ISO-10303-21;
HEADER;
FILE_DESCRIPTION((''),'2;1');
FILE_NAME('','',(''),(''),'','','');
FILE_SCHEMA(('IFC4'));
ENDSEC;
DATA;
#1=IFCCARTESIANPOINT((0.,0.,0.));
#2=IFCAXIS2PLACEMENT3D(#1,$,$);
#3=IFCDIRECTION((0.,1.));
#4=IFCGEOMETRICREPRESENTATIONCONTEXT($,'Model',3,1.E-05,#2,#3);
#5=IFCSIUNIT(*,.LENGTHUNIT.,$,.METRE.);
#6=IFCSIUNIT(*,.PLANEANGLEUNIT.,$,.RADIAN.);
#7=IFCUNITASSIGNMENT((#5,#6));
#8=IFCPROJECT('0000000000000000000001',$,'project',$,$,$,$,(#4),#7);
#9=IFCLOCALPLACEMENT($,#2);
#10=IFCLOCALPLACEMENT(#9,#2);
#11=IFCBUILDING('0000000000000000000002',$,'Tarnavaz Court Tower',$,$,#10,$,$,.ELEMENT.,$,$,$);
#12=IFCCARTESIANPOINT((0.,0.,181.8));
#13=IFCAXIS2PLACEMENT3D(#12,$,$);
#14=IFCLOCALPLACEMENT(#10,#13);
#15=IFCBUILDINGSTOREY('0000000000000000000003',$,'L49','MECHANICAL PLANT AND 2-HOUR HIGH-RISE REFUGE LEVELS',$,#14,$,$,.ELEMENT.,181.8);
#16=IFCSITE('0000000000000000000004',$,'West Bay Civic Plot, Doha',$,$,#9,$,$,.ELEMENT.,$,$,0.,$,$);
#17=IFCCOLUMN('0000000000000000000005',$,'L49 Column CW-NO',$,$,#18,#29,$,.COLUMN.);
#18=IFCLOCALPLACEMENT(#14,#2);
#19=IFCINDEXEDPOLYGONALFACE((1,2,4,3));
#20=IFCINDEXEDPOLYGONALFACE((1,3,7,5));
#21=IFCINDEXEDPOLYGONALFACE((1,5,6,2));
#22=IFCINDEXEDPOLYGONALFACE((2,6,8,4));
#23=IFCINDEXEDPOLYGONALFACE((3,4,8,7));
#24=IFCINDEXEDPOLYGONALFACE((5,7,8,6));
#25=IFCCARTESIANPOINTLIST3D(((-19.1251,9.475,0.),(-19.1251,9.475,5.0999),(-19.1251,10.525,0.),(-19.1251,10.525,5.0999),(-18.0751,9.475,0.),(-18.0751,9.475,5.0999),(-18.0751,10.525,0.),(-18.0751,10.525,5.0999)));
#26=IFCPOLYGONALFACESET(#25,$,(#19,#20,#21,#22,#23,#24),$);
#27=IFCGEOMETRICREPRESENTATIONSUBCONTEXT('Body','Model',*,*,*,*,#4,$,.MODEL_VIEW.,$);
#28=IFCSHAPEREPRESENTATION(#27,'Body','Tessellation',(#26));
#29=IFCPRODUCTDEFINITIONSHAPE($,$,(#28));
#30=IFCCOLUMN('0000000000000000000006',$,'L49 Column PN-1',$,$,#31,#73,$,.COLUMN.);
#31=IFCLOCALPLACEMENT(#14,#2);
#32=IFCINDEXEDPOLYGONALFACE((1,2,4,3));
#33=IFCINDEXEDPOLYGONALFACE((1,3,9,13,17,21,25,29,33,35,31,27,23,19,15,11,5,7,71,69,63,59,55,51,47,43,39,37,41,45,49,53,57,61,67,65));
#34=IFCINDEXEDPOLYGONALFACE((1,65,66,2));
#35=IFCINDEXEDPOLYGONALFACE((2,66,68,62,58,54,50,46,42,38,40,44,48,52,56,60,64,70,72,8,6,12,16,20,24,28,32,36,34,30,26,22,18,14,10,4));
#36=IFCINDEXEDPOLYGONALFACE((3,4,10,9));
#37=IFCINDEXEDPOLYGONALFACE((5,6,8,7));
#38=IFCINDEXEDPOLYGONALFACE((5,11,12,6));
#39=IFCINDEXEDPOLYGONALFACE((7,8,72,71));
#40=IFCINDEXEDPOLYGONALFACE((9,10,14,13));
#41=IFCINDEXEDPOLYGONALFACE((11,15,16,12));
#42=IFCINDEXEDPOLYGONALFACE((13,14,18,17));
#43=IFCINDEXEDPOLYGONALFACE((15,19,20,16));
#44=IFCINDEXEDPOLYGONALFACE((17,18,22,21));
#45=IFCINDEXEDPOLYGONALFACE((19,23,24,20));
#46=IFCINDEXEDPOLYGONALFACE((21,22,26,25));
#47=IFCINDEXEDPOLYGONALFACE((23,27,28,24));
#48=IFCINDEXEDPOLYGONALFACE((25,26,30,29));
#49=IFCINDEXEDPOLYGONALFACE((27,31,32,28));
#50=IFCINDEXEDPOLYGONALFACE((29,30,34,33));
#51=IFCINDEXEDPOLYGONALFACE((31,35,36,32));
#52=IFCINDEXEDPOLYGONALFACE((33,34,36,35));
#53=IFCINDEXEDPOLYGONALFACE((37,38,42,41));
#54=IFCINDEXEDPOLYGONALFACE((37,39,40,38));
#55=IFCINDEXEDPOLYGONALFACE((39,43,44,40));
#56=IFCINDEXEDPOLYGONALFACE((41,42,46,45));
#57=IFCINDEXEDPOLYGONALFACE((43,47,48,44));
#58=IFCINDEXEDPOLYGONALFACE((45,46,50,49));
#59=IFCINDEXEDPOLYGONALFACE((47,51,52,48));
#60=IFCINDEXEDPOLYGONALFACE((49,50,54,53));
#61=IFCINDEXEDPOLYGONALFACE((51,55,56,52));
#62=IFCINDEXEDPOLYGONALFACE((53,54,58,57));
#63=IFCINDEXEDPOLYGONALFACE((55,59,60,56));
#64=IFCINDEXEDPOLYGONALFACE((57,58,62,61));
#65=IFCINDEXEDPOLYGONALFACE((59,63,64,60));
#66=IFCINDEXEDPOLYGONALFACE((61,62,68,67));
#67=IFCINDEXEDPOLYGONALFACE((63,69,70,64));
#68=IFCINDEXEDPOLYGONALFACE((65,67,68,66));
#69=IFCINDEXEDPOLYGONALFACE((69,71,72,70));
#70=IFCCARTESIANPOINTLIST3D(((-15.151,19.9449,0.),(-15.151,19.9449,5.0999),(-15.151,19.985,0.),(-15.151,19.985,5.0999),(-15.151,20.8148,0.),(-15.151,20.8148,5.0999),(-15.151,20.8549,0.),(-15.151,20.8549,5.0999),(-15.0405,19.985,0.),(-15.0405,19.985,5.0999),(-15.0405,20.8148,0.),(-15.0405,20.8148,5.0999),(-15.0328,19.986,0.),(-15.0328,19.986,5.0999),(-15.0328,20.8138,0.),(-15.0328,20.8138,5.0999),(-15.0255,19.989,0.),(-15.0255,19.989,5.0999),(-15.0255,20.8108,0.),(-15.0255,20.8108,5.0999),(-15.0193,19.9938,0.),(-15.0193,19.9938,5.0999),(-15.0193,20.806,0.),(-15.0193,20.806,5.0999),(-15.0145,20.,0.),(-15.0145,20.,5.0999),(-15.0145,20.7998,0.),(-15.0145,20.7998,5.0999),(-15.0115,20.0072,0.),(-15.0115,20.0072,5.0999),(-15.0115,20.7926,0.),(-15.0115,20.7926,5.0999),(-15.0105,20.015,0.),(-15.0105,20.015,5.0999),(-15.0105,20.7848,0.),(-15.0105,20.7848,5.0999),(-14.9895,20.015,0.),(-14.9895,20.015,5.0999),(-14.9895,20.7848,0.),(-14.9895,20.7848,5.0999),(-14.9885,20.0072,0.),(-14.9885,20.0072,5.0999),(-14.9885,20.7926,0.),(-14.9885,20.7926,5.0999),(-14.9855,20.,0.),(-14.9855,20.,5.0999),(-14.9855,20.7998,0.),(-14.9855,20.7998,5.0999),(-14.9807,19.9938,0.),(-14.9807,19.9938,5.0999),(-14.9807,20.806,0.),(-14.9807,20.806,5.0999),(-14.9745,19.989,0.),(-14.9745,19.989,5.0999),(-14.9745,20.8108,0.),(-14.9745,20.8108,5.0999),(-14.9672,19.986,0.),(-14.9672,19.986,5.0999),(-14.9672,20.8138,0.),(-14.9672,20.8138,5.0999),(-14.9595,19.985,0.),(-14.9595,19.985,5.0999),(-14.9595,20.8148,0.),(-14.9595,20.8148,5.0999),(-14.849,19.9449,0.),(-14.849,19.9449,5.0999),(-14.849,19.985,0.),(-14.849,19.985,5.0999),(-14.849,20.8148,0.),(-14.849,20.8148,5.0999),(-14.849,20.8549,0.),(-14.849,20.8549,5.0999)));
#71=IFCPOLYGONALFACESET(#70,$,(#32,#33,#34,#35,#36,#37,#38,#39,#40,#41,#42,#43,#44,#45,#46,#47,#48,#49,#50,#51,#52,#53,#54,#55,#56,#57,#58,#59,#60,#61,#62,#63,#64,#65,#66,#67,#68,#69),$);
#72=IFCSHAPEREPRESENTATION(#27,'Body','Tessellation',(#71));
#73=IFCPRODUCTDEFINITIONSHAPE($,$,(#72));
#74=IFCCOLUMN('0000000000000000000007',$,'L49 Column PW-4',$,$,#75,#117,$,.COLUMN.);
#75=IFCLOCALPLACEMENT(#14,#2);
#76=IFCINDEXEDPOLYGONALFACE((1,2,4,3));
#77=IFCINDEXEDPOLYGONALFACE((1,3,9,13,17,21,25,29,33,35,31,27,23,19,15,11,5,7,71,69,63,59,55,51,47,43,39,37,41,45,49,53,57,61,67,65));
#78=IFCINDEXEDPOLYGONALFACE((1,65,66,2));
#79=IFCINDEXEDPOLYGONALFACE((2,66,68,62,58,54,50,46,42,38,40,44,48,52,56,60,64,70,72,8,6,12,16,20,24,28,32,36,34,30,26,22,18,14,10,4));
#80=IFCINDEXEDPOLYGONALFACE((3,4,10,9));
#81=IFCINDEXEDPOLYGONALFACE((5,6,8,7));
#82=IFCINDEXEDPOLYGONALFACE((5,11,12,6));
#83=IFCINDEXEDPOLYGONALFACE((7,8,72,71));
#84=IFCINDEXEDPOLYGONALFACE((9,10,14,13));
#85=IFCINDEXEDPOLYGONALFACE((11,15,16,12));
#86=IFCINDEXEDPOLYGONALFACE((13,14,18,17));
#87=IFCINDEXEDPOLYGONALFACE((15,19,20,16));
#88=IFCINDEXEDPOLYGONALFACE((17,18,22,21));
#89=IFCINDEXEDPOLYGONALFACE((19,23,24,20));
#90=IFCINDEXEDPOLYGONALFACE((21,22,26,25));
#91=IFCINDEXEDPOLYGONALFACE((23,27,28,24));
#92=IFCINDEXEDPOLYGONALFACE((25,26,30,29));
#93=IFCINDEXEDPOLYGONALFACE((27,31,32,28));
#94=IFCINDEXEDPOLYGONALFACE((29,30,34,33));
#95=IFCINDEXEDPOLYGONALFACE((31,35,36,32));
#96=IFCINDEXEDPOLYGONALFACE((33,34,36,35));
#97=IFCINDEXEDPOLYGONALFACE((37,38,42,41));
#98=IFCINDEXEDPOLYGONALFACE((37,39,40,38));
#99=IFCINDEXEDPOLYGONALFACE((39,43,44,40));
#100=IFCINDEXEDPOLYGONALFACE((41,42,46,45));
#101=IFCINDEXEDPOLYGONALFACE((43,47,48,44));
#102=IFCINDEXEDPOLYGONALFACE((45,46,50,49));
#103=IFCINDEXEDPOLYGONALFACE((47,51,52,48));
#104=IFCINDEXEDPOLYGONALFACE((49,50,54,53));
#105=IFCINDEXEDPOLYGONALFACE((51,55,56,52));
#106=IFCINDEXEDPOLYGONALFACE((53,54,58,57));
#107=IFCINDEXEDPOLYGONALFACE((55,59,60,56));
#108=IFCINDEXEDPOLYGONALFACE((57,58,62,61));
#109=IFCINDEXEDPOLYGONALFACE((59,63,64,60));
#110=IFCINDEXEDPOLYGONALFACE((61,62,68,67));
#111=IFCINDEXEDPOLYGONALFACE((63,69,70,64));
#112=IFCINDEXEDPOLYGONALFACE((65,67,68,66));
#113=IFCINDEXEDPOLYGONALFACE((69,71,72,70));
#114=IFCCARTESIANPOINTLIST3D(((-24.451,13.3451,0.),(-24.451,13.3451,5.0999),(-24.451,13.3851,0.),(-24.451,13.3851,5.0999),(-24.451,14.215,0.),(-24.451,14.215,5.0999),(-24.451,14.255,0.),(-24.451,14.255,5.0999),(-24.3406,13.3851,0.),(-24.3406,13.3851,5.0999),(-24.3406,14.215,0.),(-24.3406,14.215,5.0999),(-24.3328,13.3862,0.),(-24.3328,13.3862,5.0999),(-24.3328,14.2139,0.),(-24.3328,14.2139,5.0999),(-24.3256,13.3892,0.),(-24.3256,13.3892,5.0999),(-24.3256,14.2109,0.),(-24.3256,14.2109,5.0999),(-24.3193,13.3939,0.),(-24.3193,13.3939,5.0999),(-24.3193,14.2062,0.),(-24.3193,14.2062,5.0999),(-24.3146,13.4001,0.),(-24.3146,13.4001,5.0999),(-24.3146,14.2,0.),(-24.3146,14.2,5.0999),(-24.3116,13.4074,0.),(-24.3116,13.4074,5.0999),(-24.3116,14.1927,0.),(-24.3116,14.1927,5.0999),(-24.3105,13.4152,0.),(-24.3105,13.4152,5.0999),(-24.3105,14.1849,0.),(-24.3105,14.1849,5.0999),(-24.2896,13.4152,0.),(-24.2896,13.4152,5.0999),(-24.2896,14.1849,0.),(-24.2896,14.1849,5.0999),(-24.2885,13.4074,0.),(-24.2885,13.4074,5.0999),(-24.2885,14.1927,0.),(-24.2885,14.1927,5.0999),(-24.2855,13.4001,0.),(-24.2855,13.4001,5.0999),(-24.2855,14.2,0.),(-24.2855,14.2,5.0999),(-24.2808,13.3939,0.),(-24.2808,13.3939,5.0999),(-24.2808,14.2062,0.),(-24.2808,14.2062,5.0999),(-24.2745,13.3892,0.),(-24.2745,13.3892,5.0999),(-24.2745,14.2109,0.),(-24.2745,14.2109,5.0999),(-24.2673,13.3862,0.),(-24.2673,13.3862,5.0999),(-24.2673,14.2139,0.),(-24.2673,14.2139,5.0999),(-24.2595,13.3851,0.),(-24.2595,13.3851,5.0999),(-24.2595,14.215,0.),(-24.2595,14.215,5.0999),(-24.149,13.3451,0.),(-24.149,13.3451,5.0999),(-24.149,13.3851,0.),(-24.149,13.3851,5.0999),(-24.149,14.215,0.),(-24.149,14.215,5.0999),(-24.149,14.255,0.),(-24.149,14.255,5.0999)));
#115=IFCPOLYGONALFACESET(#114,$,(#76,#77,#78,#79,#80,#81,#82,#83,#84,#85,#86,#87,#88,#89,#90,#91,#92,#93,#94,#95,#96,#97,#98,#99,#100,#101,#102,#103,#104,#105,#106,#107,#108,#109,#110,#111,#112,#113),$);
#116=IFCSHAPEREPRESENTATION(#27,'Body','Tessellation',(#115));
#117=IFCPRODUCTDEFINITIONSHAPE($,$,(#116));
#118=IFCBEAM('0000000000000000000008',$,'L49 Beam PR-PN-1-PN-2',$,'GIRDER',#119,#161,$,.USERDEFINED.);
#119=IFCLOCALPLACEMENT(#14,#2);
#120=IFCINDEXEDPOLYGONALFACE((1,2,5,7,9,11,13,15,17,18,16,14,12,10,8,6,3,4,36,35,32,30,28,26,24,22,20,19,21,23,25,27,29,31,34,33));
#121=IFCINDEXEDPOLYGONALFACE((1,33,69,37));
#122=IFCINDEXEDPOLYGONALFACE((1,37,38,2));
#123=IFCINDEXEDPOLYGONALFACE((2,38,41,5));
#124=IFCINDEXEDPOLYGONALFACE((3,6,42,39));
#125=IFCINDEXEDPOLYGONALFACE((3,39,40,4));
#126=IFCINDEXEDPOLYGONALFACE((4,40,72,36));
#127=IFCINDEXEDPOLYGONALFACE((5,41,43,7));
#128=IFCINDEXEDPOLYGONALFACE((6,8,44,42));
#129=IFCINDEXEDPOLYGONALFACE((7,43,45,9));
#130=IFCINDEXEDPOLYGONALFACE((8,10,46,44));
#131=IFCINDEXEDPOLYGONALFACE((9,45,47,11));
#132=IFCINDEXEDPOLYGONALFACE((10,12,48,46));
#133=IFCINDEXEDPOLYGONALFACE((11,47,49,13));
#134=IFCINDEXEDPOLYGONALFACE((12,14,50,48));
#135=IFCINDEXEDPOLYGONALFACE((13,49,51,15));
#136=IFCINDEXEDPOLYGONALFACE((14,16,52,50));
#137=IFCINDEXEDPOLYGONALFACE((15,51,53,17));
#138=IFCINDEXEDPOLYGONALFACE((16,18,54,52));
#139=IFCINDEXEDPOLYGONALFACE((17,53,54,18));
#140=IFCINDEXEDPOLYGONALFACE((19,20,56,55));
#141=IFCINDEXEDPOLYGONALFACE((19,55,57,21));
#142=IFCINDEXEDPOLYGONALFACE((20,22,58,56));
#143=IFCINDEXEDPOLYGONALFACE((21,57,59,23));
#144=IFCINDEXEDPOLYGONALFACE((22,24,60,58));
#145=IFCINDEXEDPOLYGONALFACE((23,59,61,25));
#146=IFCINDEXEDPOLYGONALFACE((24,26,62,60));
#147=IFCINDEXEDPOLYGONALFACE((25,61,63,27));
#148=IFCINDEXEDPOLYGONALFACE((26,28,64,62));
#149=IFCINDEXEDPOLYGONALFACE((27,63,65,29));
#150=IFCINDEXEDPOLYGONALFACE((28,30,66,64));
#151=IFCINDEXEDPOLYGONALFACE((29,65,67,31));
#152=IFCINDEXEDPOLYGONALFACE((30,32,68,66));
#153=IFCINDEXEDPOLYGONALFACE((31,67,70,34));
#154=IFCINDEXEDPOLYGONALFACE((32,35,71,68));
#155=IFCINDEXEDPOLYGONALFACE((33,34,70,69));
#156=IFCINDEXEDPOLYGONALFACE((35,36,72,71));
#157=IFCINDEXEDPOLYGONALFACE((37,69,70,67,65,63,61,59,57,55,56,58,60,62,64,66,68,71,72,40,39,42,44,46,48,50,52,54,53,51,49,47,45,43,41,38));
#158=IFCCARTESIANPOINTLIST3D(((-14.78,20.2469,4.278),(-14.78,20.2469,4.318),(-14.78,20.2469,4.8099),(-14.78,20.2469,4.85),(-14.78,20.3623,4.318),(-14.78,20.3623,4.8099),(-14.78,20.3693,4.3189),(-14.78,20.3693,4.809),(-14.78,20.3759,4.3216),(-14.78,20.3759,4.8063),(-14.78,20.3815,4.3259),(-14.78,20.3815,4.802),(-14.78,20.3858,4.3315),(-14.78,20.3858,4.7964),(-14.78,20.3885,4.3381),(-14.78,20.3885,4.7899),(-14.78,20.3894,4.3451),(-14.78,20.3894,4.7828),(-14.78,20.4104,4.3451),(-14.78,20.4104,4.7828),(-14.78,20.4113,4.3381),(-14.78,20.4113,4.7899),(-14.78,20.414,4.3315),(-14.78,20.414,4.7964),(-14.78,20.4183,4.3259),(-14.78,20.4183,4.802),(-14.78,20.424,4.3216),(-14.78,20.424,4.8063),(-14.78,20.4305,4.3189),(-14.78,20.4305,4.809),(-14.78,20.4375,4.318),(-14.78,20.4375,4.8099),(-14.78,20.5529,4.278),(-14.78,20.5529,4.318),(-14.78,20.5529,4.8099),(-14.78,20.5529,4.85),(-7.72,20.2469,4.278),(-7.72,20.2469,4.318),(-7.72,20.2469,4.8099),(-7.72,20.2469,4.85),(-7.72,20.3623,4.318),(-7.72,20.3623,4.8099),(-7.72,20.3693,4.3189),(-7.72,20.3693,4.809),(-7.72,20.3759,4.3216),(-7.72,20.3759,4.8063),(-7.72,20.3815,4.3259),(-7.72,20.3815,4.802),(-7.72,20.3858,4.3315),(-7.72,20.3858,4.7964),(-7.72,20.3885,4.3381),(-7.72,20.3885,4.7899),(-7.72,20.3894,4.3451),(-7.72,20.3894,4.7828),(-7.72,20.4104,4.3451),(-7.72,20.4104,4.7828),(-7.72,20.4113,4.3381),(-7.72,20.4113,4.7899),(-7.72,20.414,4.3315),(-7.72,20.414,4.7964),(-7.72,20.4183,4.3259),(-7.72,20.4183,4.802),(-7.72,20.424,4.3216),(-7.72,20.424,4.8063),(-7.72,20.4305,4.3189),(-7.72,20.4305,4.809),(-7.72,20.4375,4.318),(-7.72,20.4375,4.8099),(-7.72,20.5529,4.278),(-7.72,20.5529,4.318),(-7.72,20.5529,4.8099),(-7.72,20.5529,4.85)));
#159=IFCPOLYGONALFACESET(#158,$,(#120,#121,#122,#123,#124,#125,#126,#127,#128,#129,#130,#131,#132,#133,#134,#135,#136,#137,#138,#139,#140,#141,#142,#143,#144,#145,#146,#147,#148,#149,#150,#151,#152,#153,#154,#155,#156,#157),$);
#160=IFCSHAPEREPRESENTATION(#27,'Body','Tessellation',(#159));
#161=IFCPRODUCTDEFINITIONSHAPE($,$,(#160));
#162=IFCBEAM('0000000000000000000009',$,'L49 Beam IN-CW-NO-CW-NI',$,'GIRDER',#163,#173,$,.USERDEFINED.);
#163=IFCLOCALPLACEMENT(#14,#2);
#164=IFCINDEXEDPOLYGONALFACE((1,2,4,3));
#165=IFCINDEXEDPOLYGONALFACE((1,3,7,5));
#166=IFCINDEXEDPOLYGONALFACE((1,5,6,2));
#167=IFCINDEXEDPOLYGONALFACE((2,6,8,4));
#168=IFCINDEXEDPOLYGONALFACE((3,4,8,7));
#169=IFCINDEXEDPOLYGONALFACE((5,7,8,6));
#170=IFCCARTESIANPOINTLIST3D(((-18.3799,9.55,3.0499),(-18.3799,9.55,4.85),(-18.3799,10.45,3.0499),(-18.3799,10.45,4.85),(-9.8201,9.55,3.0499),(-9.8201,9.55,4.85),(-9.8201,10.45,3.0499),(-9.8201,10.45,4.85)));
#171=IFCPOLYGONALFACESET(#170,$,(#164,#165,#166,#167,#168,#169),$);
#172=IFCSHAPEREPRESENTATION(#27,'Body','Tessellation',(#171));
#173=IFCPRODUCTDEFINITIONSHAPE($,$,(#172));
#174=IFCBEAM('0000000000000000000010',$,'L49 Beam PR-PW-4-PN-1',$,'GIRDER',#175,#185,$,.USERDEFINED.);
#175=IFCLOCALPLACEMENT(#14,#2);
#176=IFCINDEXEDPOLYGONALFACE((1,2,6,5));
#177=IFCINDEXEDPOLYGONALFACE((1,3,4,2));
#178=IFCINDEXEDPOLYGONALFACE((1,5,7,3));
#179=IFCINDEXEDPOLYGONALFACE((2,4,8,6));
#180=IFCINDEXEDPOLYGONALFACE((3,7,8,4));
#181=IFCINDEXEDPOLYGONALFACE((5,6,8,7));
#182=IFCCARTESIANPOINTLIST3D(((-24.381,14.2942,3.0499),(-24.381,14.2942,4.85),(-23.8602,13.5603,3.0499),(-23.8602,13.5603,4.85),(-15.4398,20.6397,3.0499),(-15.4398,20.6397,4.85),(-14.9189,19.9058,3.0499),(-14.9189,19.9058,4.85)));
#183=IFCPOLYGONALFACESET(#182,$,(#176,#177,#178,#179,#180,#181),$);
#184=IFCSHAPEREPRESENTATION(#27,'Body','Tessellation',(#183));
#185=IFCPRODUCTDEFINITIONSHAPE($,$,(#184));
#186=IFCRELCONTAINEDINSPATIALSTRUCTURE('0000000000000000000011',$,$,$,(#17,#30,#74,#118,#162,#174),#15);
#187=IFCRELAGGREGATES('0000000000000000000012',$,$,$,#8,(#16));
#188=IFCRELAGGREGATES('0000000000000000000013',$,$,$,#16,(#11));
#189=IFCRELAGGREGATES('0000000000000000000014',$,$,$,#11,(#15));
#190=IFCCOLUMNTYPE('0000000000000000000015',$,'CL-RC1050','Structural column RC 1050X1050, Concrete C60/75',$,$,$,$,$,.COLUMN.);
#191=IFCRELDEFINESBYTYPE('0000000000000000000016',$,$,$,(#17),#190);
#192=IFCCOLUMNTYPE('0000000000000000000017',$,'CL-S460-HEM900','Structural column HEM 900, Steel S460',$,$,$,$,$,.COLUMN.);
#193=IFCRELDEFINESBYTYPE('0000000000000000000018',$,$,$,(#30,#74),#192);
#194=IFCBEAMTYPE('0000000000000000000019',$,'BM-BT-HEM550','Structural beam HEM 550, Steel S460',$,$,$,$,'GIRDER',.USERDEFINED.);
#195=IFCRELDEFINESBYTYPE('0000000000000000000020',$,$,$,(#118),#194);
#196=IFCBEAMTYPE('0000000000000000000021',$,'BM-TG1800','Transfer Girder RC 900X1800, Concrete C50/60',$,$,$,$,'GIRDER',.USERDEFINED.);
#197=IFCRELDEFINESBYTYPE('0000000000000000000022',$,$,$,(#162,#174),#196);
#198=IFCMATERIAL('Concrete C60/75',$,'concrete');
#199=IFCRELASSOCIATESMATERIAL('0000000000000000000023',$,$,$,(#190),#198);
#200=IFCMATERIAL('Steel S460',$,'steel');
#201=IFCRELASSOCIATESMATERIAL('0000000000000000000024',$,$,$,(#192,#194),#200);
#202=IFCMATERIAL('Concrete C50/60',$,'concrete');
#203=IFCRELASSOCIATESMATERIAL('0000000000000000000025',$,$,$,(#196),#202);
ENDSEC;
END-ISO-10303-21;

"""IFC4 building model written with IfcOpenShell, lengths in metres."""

from ifc_helpers import new_model, si_unit, direction, frame, origin, origin_2d, place, context, subcontext, project, spatial, rectangle, i_section, extrude, material, material_profile, profile_set, type_object, element, save


model = new_model("IFC4")

# Units and contexts
model_context = context("Model", 3, precision=1e-05, world=origin(), true_north=direction((0.0, 1.0)))
body_context = subcontext(model_context, "Body", "Model", "MODEL_VIEW")
ifc_project = project(units=[si_unit("LENGTHUNIT", "METRE"), si_unit("PLANEANGLEUNIT", "RADIAN")], contexts=[model_context])

# Site, building, storey
site_placement = place(None, origin())
site = spatial("IfcSite", under=ifc_project, at=site_placement, Name="West Bay Civic Plot, Doha", CompositionType="ELEMENT", RefElevation=0.0)
building_placement = place(site_placement, origin())
building = spatial("IfcBuilding", under=site, at=building_placement, Name="Tarnavaz Court Tower", CompositionType="ELEMENT")
storey_placement = place(building_placement, frame((0.0, 0.0, 181.8)))
storey = spatial("IfcBuildingStorey", under=building, at=storey_placement, Name="L49", Description="MECHANICAL PLANT AND 2-HOUR HIGH-RISE REFUGE LEVELS", CompositionType="ELEMENT", Elevation=181.8)

# Columns
ifc_material_1 = material(Name="Concrete C60/75", Category="concrete")
ifc_material_profile_1 = material_profile(ifc_material_1, rectangle(XDim=1.05, YDim=1.05, at=origin_2d()), Name="RC 1050X1050")
ifc_profile_set_1 = profile_set([ifc_material_profile_1], Name="Concrete C60/75")
column_type_1 = type_object("IfcColumnType", Name="CL-RC1050", Description="Structural column RC 1050X1050, Concrete C60/75", PredefinedType="COLUMN", material=ifc_profile_set_1)
column_placement = place(storey_placement, frame((-18.6001, 10.0, 0.0), z_axis=(0.0, 0.0, 1.0), x_axis=(1.0, 0.0, 0.0)))
element("IfcColumn", 1, at=column_placement, inside=storey, type_object=column_type_1, Name="L49 Column CW-NO", PredefinedType="COLUMN", context=body_context, shape_type="SweptSolid", body=[
    extrude(rectangle(XDim=1.05, YDim=1.05, at=origin_2d()), origin(), (0.0, 0.0, 1.0), 5.0999),
])
ifc_material_2 = material(Name="Steel S460", Category="steel")
ifc_material_profile_2 = material_profile(ifc_material_2, i_section(OverallWidth=0.302, OverallDepth=0.9099, WebThickness=0.021, FlangeThickness=0.04, FilletRadius=0.03, at=origin_2d()), Name="HEM 900")
ifc_profile_set_2 = profile_set([ifc_material_profile_2], Name="Steel S460")
column_type_2 = type_object("IfcColumnType", Name="CL-S460-HEM900", Description="Structural column HEM 900, Steel S460", PredefinedType="COLUMN", material=ifc_profile_set_2)
for number, where, z_axis, x_axis, name in (
    (2, (-15.0, 20.3999, 0.0), (0.0, 0.0, 1.0), (1.0, 0.0, 0.0), "L49 Column PN-1"),
    (3, (-24.3, 13.8, 0.0), (0.0, 0.0, 1.0), (1.0, 0.0, 0.0), "L49 Column PW-4"),
):
    element("IfcColumn", number, at=place(storey_placement, frame(where, z_axis=z_axis, x_axis=x_axis)), inside=storey, type_object=column_type_2, Name=name, PredefinedType="COLUMN", context=body_context, shape_type="SweptSolid", body=[
        extrude(i_section(OverallWidth=0.302, OverallDepth=0.9099, WebThickness=0.021, FlangeThickness=0.04, FilletRadius=0.03, at=origin_2d()), origin(), (0.0, 0.0, 1.0), 5.0999),
    ])

# Beams
ifc_material_profile_3 = material_profile(ifc_material_2, i_section(OverallWidth=0.3059, OverallDepth=0.572, WebThickness=0.021, FlangeThickness=0.04, FilletRadius=0.0271, at=origin_2d()), Name="HEM 550")
ifc_profile_set_3 = profile_set([ifc_material_profile_3], Name="Steel S460")
beam_type_1 = type_object("IfcBeamType", Name="BM-BT-HEM550", Description="Structural beam HEM 550, Steel S460", ElementType="GIRDER", PredefinedType="USERDEFINED", material=ifc_profile_set_3)
beam_1_placement = place(storey_placement, frame((-14.78, 20.3999, 4.564), z_axis=(1.0, 0.0, 0.0), x_axis=(0.0, 1.0, 0.0)))
element("IfcBeam", 4, at=beam_1_placement, inside=storey, type_object=beam_type_1, Name="L49 Beam PR-PN-1-PN-2", ObjectType="GIRDER", PredefinedType="USERDEFINED", context=body_context, shape_type="SweptSolid", body=[
    extrude(i_section(OverallWidth=0.3059, OverallDepth=0.572, WebThickness=0.021, FlangeThickness=0.04, FilletRadius=0.0271, at=origin_2d()), origin(), (0.0, 0.0, 1.0), 7.0601),
])
ifc_material_3 = material(Name="Concrete C50/60", Category="concrete")
ifc_material_profile_4 = material_profile(ifc_material_3, rectangle(XDim=0.8999, YDim=1.8, at=origin_2d()), Name="RC 900X1800")
ifc_profile_set_4 = profile_set([ifc_material_profile_4], Name="Concrete C50/60")
beam_type_2 = type_object("IfcBeamType", Name="BM-TG1800", Description="Transfer Girder RC 900X1800, Concrete C50/60", ElementType="GIRDER", PredefinedType="USERDEFINED", material=ifc_profile_set_4)
beam_2_placement = place(storey_placement, frame((-18.3799, 10.0, 3.95), z_axis=(1.0, 0.0, 0.0), x_axis=(0.0, 1.0, 0.0)))
element("IfcBeam", 5, at=beam_2_placement, inside=storey, type_object=beam_type_2, Name="L49 Beam IN-CW-NO-CW-NI", ObjectType="GIRDER", PredefinedType="USERDEFINED", context=body_context, shape_type="SweptSolid", body=[
    extrude(rectangle(XDim=0.8999, YDim=1.8, at=origin_2d()), origin(), (0.0, 0.0, 1.0), 8.5598),
])
beam_3_placement = place(storey_placement, frame((-24.1206, 13.9272, 3.95), z_axis=(0.815502, 0.578754, 0.0), x_axis=(-0.578754, 0.815502, 0.0)))
element("IfcBeam", 6, at=beam_3_placement, inside=storey, type_object=beam_type_2, Name="L49 Beam PR-PW-4-PN-1", ObjectType="GIRDER", PredefinedType="USERDEFINED", context=body_context, shape_type="SweptSolid", body=[
    extrude(rectangle(XDim=0.8999, YDim=1.8, at=origin_2d()), origin(), (0.0, 0.0, 1.0), 10.9641),
])

save(model, "model.ifc")
